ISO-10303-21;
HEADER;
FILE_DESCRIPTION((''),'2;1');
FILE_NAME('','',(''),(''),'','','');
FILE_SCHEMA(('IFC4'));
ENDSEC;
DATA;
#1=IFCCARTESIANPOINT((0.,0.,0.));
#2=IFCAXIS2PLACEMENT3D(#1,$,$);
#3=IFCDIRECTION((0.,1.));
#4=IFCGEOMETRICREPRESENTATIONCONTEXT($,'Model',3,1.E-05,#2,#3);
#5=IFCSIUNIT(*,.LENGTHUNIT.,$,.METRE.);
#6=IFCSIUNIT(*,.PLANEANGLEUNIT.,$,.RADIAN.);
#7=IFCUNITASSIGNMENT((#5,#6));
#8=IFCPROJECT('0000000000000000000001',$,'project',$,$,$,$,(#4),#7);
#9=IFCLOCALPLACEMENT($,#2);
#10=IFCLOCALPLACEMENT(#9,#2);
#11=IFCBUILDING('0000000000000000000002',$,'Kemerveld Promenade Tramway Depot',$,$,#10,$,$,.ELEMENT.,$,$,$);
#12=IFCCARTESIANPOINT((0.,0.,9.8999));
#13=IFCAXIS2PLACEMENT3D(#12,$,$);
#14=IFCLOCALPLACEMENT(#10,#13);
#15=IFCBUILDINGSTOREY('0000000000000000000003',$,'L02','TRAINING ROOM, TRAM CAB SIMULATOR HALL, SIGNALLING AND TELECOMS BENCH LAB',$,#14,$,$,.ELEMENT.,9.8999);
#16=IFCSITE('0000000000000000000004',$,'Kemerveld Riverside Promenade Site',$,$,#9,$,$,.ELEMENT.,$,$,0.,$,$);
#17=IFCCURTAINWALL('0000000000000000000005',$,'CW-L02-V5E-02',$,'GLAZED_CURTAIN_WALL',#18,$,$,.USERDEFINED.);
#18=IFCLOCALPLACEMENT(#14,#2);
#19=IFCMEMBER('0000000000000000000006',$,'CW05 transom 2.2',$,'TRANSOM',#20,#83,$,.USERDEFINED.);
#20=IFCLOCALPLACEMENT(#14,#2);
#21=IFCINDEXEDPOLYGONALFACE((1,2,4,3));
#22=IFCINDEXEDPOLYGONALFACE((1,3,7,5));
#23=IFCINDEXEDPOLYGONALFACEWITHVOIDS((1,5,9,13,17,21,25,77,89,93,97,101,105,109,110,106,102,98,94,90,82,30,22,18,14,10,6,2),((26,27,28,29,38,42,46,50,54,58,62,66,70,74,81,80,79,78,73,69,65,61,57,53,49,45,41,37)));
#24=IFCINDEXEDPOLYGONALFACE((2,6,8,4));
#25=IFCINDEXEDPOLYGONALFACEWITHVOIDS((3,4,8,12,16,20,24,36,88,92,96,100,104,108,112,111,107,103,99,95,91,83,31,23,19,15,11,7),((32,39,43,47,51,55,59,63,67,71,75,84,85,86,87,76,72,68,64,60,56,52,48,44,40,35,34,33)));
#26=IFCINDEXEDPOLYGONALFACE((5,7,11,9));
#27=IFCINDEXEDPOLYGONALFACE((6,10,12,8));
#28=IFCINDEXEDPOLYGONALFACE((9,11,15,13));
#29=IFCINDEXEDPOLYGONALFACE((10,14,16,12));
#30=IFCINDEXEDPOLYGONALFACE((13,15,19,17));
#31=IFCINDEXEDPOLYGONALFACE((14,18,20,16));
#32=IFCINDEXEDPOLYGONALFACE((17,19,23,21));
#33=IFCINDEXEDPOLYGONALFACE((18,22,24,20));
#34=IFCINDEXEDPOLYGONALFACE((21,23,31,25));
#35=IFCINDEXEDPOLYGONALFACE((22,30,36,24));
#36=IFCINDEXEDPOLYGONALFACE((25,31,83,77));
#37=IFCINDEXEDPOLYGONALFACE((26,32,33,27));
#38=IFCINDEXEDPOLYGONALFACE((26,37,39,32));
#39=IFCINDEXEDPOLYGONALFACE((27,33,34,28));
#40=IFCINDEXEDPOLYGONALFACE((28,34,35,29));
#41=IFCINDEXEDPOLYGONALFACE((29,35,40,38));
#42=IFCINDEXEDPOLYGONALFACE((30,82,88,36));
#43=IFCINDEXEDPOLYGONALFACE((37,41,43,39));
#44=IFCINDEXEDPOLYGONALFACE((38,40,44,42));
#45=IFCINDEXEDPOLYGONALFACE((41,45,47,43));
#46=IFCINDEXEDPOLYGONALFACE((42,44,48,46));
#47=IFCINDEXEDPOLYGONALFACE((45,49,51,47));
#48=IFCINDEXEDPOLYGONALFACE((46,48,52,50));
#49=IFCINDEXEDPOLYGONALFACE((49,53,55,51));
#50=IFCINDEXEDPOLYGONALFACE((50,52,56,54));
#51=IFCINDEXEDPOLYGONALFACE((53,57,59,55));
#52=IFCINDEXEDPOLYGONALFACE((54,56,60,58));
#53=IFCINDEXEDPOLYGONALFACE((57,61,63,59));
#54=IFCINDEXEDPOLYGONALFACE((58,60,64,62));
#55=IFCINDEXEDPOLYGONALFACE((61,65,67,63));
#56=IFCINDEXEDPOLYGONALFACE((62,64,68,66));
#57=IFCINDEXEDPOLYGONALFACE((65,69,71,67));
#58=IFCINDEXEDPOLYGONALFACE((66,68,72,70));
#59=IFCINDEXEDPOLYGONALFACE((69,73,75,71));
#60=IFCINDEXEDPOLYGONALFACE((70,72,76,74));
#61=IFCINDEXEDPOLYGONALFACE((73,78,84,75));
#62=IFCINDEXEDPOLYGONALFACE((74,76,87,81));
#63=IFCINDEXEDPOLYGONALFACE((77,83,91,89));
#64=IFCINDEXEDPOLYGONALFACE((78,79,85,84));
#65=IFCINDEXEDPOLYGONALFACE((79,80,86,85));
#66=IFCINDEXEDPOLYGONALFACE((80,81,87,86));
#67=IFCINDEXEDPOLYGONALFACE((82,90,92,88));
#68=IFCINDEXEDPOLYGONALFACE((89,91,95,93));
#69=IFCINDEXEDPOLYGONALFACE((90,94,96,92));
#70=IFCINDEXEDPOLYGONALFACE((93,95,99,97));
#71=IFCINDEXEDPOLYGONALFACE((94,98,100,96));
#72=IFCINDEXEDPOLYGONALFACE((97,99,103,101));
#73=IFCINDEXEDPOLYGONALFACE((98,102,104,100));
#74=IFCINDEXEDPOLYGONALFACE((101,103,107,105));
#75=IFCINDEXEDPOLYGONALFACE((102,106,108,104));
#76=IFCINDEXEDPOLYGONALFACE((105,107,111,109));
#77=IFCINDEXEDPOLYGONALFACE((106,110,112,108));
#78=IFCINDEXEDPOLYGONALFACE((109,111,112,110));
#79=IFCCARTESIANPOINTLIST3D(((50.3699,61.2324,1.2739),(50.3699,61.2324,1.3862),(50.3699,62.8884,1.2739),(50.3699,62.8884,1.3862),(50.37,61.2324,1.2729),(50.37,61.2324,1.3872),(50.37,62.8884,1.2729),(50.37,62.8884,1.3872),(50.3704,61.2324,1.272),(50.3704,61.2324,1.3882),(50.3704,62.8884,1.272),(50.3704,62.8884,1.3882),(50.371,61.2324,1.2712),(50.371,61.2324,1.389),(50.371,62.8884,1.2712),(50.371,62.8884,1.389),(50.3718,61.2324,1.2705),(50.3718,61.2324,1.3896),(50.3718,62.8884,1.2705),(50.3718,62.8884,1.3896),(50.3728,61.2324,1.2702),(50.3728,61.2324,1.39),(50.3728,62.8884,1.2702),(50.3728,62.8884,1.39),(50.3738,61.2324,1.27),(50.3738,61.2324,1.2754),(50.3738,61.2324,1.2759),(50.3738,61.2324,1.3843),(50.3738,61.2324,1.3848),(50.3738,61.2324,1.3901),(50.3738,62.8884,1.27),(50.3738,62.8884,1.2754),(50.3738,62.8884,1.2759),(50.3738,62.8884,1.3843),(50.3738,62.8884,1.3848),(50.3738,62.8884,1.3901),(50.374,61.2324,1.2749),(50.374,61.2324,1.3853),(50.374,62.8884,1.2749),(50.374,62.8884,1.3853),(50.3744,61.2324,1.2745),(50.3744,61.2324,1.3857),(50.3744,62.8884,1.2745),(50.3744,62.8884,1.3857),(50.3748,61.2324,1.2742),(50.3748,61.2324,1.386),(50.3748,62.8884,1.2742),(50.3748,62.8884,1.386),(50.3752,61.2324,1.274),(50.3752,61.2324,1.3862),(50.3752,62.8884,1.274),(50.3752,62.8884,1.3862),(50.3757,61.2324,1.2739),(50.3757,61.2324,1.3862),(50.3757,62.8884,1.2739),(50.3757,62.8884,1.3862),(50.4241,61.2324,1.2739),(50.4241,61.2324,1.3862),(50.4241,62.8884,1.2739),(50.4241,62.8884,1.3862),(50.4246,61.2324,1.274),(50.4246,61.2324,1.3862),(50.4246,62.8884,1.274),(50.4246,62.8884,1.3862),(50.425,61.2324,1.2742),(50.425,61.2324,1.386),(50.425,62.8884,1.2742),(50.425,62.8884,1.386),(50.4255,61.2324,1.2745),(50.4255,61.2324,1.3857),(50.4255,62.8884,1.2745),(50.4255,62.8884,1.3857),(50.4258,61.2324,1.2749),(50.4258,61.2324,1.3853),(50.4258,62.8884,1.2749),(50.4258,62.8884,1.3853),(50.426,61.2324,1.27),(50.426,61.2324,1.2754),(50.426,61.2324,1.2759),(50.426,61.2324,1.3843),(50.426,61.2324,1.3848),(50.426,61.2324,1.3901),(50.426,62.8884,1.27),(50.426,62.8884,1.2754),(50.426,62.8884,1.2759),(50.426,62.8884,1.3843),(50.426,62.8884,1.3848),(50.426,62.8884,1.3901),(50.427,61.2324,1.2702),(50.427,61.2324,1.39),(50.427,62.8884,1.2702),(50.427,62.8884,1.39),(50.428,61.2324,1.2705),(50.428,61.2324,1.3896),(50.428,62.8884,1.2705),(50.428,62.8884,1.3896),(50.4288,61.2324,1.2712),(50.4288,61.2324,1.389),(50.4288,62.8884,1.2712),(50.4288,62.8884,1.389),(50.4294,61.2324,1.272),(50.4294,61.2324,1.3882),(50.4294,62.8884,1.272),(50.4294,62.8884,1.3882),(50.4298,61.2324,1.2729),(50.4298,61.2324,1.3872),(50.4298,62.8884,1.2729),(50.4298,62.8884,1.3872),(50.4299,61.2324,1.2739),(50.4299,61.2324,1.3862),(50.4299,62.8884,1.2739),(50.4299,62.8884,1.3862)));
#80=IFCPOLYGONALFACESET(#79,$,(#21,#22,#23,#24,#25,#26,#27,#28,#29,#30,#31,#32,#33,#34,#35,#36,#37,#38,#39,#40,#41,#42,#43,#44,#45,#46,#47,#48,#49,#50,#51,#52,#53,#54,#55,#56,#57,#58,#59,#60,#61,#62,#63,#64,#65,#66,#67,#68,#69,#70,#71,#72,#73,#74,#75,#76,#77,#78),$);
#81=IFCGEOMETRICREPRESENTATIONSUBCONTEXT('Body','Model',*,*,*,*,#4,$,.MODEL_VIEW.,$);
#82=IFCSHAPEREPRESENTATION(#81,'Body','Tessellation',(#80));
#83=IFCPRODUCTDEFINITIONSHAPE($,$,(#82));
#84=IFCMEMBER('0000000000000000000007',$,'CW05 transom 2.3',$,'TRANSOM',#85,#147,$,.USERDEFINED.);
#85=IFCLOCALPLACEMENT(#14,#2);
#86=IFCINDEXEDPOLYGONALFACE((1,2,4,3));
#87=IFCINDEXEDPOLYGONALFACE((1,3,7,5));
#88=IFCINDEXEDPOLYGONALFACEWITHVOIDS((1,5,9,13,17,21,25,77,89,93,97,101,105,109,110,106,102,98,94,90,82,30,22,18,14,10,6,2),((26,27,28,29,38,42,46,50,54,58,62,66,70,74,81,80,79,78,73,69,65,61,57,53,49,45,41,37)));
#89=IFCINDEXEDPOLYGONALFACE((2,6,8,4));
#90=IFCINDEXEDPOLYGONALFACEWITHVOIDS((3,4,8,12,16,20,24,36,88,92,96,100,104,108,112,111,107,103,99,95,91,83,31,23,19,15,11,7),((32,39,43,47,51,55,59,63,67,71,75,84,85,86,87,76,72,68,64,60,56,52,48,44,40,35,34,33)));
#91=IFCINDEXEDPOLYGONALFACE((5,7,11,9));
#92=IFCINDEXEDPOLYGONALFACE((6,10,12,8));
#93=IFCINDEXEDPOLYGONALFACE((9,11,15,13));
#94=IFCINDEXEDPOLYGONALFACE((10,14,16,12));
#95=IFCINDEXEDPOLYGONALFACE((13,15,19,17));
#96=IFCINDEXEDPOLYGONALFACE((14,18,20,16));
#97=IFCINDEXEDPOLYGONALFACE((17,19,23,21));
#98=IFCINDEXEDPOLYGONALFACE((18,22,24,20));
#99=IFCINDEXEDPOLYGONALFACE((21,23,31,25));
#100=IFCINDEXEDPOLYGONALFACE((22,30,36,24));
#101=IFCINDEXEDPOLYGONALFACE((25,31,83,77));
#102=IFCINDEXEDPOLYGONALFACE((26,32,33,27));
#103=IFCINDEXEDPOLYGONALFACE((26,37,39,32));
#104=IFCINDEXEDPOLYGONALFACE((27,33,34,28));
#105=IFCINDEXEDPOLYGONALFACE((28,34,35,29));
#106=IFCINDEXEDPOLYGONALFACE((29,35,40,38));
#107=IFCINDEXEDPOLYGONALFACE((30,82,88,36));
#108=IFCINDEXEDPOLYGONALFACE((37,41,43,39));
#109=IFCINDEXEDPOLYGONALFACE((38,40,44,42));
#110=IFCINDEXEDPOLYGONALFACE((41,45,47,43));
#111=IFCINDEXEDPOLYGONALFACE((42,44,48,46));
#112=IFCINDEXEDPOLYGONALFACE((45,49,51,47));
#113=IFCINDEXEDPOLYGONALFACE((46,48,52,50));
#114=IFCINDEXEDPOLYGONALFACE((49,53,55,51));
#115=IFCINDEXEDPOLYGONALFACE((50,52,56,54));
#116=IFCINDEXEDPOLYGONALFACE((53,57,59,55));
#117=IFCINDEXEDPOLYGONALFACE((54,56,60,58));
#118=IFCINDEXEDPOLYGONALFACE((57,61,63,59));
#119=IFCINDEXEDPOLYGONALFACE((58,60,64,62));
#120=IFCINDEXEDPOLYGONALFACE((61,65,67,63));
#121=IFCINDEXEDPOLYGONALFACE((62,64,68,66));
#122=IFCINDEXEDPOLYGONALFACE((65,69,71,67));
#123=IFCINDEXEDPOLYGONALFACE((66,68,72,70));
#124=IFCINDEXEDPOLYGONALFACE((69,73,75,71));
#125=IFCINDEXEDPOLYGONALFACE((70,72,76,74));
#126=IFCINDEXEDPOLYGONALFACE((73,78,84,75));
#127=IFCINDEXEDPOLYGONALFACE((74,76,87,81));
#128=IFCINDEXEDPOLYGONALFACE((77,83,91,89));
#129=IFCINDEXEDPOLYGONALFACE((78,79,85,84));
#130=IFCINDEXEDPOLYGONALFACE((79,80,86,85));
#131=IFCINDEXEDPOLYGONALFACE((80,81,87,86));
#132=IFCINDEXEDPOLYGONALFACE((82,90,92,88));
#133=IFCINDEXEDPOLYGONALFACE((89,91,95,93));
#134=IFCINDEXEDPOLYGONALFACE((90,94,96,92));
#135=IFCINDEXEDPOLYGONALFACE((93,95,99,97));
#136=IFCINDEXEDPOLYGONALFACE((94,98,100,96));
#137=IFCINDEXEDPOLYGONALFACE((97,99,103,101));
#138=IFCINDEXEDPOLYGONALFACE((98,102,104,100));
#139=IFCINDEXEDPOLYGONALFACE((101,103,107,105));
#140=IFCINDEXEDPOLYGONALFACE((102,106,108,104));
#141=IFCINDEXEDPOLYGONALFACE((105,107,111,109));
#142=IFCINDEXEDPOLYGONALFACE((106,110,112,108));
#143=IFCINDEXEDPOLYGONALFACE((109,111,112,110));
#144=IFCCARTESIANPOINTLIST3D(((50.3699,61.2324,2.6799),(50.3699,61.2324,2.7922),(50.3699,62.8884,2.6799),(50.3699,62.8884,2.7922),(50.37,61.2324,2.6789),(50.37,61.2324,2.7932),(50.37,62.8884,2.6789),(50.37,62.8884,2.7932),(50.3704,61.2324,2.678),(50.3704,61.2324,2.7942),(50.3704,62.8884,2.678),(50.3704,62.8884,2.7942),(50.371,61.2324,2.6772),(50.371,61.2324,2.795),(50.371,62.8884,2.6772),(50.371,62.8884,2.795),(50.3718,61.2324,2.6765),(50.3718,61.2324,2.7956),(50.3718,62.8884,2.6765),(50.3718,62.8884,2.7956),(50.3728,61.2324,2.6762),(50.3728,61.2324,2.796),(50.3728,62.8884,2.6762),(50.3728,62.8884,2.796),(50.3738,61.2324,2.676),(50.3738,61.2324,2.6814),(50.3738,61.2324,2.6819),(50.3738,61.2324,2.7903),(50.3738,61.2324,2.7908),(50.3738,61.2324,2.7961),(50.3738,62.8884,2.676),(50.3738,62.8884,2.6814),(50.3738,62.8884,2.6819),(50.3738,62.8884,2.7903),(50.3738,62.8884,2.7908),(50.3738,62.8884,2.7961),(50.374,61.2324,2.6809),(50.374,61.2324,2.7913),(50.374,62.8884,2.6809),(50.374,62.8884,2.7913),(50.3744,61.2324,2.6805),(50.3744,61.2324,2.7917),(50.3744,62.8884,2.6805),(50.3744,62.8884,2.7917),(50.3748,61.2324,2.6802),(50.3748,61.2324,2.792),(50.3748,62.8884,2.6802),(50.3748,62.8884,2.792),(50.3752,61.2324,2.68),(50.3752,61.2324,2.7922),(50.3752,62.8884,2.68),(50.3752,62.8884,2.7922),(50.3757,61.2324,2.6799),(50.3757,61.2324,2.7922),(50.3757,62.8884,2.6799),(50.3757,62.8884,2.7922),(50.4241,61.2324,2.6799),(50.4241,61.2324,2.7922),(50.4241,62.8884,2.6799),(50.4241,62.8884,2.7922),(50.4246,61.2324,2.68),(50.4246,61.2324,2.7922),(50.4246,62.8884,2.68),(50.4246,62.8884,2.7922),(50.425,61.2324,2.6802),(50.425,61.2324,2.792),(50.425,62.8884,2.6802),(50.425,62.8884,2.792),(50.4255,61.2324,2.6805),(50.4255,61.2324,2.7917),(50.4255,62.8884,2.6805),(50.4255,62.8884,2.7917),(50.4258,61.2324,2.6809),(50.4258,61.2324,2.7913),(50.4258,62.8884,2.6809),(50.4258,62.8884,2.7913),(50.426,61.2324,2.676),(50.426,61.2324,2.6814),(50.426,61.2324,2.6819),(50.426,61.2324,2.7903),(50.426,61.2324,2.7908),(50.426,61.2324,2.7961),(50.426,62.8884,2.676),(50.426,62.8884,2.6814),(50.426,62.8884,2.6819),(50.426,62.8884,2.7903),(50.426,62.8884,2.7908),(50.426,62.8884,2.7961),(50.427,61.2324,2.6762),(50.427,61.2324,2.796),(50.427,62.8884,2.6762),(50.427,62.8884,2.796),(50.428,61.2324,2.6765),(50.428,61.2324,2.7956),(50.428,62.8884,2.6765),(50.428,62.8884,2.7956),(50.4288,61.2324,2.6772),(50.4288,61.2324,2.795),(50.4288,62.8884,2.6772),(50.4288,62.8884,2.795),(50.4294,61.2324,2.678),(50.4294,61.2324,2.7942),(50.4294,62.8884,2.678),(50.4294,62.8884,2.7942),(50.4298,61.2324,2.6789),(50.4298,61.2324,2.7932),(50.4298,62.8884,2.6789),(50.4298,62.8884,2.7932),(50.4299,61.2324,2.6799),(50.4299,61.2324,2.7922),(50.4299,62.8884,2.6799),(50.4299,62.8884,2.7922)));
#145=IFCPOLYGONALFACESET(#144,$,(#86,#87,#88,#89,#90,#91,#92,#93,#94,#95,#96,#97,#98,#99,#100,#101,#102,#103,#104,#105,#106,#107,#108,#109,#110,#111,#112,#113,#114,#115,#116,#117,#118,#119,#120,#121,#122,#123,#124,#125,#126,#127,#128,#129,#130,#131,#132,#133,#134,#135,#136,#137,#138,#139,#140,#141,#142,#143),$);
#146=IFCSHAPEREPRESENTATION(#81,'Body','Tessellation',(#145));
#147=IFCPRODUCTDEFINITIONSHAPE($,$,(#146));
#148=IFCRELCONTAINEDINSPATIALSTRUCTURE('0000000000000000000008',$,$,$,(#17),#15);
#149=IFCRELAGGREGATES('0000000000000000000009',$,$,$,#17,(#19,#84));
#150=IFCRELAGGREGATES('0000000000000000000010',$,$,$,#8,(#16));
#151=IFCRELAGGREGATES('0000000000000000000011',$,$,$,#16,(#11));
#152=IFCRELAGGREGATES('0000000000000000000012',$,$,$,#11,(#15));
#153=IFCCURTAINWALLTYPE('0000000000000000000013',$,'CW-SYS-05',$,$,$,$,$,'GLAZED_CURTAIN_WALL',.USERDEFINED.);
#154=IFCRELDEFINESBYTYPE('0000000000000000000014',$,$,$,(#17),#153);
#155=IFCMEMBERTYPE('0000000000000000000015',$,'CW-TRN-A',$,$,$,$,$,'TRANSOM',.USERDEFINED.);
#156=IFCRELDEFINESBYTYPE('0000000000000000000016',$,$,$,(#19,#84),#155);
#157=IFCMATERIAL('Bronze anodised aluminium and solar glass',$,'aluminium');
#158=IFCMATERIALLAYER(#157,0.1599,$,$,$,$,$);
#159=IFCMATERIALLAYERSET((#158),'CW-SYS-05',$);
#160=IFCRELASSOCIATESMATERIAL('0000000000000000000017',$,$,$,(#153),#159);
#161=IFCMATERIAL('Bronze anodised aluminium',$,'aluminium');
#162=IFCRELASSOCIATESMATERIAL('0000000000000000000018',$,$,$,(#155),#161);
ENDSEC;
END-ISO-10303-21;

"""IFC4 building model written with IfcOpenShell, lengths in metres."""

from ifc_helpers import new_model, si_unit, direction, frame, origin, origin_2d, place, context, subcontext, project, spatial, hollow_rectangle, extrude, material, layer, layer_set, material_profile, profile_set, type_object, element, aggregate, save


model = new_model("IFC4")

# Units and contexts
model_context = context("Model", 3, precision=1e-05, world=origin(), true_north=direction((0.0, 1.0)))
body_context = subcontext(model_context, "Body", "Model", "MODEL_VIEW")
ifc_project = project(units=[si_unit("LENGTHUNIT", "METRE"), si_unit("PLANEANGLEUNIT", "RADIAN")], contexts=[model_context])

# Site, building, storey
site_placement = place(None, origin())
site = spatial("IfcSite", under=ifc_project, at=site_placement, Name="Kemerveld Riverside Promenade Site", CompositionType="ELEMENT", RefElevation=0.0)
building_placement = place(site_placement, origin())
building = spatial("IfcBuilding", under=site, at=building_placement, Name="Kemerveld Promenade Tramway Depot", CompositionType="ELEMENT")
storey_placement = place(building_placement, frame((0.0, 0.0, 9.8999)))
storey = spatial("IfcBuildingStorey", under=building, at=storey_placement, Name="L02", Description="TRAINING ROOM, TRAM CAB SIMULATOR HALL, SIGNALLING AND TELECOMS BENCH LAB", CompositionType="ELEMENT", Elevation=9.8999)

# Curtain wall, members
ifc_material_1 = material(Name="Bronze anodised aluminium and solar glass", Category="aluminium")
ifc_layer_1 = layer(ifc_material_1, 0.1599)
ifc_layer_set_1 = layer_set([ifc_layer_1], Name="CW-SYS-05")
curtain_wall_type = type_object("IfcCurtainWallType", Name="CW-SYS-05", ElementType="GLAZED_CURTAIN_WALL", PredefinedType="USERDEFINED", material=ifc_layer_set_1)
curtain_wall_placement = place(storey_placement, origin())
curtain_wall = element("IfcCurtainWall", 1, at=curtain_wall_placement, inside=storey, type_object=curtain_wall_type, Name="CW-L02-V5E-02", ObjectType="GLAZED_CURTAIN_WALL", PredefinedType="USERDEFINED")
ifc_material_2 = material(Name="Bronze anodised aluminium", Category="aluminium")
ifc_material_profile_1 = material_profile(ifc_material_2, hollow_rectangle(XDim=0.0601, YDim=0.1201, WallThickness=0.0039, InnerFilletRadius=0.002, OuterFilletRadius=0.0039, at=origin_2d()), Name="CW-TRN-120x60")
ifc_profile_set_1 = profile_set([ifc_material_profile_1], Name="Bronze anodised aluminium")
member_type_1 = type_object("IfcMemberType", Name="CW-TRN-A", ElementType="TRANSOM", PredefinedType="USERDEFINED", material=ifc_profile_set_1)
member_1_placement = place(storey_placement, frame((50.3999, 62.8884, 1.3301), z_axis=(0.0, -1.0, 0.0), x_axis=(1.0, 0.0, 0.0)))
member_1 = element("IfcMember", 2, at=member_1_placement, type_object=member_type_1, Name="CW05 transom 2.2", ObjectType="TRANSOM", PredefinedType="USERDEFINED", context=body_context, shape_type="SweptSolid", body=[
    extrude(hollow_rectangle(XDim=0.0601, YDim=0.1201, WallThickness=0.0039, InnerFilletRadius=0.002, OuterFilletRadius=0.0039, at=origin_2d()), origin(), (0.0, 0.0, 1.0), 1.656),
])
member_2_placement = place(storey_placement, frame((50.3999, 62.8884, 2.7361), z_axis=(0.0, -1.0, 0.0), x_axis=(1.0, 0.0, 0.0)))
member_2 = element("IfcMember", 3, at=member_2_placement, type_object=member_type_1, Name="CW05 transom 2.3", ObjectType="TRANSOM", PredefinedType="USERDEFINED", context=body_context, shape_type="SweptSolid", body=[
    extrude(hollow_rectangle(XDim=0.0601, YDim=0.1201, WallThickness=0.0039, InnerFilletRadius=0.002, OuterFilletRadius=0.0039, at=origin_2d()), origin(), (0.0, 0.0, 1.0), 1.656),
])
aggregate(curtain_wall, [member_1, member_2])

save(model, "model.ifc")
